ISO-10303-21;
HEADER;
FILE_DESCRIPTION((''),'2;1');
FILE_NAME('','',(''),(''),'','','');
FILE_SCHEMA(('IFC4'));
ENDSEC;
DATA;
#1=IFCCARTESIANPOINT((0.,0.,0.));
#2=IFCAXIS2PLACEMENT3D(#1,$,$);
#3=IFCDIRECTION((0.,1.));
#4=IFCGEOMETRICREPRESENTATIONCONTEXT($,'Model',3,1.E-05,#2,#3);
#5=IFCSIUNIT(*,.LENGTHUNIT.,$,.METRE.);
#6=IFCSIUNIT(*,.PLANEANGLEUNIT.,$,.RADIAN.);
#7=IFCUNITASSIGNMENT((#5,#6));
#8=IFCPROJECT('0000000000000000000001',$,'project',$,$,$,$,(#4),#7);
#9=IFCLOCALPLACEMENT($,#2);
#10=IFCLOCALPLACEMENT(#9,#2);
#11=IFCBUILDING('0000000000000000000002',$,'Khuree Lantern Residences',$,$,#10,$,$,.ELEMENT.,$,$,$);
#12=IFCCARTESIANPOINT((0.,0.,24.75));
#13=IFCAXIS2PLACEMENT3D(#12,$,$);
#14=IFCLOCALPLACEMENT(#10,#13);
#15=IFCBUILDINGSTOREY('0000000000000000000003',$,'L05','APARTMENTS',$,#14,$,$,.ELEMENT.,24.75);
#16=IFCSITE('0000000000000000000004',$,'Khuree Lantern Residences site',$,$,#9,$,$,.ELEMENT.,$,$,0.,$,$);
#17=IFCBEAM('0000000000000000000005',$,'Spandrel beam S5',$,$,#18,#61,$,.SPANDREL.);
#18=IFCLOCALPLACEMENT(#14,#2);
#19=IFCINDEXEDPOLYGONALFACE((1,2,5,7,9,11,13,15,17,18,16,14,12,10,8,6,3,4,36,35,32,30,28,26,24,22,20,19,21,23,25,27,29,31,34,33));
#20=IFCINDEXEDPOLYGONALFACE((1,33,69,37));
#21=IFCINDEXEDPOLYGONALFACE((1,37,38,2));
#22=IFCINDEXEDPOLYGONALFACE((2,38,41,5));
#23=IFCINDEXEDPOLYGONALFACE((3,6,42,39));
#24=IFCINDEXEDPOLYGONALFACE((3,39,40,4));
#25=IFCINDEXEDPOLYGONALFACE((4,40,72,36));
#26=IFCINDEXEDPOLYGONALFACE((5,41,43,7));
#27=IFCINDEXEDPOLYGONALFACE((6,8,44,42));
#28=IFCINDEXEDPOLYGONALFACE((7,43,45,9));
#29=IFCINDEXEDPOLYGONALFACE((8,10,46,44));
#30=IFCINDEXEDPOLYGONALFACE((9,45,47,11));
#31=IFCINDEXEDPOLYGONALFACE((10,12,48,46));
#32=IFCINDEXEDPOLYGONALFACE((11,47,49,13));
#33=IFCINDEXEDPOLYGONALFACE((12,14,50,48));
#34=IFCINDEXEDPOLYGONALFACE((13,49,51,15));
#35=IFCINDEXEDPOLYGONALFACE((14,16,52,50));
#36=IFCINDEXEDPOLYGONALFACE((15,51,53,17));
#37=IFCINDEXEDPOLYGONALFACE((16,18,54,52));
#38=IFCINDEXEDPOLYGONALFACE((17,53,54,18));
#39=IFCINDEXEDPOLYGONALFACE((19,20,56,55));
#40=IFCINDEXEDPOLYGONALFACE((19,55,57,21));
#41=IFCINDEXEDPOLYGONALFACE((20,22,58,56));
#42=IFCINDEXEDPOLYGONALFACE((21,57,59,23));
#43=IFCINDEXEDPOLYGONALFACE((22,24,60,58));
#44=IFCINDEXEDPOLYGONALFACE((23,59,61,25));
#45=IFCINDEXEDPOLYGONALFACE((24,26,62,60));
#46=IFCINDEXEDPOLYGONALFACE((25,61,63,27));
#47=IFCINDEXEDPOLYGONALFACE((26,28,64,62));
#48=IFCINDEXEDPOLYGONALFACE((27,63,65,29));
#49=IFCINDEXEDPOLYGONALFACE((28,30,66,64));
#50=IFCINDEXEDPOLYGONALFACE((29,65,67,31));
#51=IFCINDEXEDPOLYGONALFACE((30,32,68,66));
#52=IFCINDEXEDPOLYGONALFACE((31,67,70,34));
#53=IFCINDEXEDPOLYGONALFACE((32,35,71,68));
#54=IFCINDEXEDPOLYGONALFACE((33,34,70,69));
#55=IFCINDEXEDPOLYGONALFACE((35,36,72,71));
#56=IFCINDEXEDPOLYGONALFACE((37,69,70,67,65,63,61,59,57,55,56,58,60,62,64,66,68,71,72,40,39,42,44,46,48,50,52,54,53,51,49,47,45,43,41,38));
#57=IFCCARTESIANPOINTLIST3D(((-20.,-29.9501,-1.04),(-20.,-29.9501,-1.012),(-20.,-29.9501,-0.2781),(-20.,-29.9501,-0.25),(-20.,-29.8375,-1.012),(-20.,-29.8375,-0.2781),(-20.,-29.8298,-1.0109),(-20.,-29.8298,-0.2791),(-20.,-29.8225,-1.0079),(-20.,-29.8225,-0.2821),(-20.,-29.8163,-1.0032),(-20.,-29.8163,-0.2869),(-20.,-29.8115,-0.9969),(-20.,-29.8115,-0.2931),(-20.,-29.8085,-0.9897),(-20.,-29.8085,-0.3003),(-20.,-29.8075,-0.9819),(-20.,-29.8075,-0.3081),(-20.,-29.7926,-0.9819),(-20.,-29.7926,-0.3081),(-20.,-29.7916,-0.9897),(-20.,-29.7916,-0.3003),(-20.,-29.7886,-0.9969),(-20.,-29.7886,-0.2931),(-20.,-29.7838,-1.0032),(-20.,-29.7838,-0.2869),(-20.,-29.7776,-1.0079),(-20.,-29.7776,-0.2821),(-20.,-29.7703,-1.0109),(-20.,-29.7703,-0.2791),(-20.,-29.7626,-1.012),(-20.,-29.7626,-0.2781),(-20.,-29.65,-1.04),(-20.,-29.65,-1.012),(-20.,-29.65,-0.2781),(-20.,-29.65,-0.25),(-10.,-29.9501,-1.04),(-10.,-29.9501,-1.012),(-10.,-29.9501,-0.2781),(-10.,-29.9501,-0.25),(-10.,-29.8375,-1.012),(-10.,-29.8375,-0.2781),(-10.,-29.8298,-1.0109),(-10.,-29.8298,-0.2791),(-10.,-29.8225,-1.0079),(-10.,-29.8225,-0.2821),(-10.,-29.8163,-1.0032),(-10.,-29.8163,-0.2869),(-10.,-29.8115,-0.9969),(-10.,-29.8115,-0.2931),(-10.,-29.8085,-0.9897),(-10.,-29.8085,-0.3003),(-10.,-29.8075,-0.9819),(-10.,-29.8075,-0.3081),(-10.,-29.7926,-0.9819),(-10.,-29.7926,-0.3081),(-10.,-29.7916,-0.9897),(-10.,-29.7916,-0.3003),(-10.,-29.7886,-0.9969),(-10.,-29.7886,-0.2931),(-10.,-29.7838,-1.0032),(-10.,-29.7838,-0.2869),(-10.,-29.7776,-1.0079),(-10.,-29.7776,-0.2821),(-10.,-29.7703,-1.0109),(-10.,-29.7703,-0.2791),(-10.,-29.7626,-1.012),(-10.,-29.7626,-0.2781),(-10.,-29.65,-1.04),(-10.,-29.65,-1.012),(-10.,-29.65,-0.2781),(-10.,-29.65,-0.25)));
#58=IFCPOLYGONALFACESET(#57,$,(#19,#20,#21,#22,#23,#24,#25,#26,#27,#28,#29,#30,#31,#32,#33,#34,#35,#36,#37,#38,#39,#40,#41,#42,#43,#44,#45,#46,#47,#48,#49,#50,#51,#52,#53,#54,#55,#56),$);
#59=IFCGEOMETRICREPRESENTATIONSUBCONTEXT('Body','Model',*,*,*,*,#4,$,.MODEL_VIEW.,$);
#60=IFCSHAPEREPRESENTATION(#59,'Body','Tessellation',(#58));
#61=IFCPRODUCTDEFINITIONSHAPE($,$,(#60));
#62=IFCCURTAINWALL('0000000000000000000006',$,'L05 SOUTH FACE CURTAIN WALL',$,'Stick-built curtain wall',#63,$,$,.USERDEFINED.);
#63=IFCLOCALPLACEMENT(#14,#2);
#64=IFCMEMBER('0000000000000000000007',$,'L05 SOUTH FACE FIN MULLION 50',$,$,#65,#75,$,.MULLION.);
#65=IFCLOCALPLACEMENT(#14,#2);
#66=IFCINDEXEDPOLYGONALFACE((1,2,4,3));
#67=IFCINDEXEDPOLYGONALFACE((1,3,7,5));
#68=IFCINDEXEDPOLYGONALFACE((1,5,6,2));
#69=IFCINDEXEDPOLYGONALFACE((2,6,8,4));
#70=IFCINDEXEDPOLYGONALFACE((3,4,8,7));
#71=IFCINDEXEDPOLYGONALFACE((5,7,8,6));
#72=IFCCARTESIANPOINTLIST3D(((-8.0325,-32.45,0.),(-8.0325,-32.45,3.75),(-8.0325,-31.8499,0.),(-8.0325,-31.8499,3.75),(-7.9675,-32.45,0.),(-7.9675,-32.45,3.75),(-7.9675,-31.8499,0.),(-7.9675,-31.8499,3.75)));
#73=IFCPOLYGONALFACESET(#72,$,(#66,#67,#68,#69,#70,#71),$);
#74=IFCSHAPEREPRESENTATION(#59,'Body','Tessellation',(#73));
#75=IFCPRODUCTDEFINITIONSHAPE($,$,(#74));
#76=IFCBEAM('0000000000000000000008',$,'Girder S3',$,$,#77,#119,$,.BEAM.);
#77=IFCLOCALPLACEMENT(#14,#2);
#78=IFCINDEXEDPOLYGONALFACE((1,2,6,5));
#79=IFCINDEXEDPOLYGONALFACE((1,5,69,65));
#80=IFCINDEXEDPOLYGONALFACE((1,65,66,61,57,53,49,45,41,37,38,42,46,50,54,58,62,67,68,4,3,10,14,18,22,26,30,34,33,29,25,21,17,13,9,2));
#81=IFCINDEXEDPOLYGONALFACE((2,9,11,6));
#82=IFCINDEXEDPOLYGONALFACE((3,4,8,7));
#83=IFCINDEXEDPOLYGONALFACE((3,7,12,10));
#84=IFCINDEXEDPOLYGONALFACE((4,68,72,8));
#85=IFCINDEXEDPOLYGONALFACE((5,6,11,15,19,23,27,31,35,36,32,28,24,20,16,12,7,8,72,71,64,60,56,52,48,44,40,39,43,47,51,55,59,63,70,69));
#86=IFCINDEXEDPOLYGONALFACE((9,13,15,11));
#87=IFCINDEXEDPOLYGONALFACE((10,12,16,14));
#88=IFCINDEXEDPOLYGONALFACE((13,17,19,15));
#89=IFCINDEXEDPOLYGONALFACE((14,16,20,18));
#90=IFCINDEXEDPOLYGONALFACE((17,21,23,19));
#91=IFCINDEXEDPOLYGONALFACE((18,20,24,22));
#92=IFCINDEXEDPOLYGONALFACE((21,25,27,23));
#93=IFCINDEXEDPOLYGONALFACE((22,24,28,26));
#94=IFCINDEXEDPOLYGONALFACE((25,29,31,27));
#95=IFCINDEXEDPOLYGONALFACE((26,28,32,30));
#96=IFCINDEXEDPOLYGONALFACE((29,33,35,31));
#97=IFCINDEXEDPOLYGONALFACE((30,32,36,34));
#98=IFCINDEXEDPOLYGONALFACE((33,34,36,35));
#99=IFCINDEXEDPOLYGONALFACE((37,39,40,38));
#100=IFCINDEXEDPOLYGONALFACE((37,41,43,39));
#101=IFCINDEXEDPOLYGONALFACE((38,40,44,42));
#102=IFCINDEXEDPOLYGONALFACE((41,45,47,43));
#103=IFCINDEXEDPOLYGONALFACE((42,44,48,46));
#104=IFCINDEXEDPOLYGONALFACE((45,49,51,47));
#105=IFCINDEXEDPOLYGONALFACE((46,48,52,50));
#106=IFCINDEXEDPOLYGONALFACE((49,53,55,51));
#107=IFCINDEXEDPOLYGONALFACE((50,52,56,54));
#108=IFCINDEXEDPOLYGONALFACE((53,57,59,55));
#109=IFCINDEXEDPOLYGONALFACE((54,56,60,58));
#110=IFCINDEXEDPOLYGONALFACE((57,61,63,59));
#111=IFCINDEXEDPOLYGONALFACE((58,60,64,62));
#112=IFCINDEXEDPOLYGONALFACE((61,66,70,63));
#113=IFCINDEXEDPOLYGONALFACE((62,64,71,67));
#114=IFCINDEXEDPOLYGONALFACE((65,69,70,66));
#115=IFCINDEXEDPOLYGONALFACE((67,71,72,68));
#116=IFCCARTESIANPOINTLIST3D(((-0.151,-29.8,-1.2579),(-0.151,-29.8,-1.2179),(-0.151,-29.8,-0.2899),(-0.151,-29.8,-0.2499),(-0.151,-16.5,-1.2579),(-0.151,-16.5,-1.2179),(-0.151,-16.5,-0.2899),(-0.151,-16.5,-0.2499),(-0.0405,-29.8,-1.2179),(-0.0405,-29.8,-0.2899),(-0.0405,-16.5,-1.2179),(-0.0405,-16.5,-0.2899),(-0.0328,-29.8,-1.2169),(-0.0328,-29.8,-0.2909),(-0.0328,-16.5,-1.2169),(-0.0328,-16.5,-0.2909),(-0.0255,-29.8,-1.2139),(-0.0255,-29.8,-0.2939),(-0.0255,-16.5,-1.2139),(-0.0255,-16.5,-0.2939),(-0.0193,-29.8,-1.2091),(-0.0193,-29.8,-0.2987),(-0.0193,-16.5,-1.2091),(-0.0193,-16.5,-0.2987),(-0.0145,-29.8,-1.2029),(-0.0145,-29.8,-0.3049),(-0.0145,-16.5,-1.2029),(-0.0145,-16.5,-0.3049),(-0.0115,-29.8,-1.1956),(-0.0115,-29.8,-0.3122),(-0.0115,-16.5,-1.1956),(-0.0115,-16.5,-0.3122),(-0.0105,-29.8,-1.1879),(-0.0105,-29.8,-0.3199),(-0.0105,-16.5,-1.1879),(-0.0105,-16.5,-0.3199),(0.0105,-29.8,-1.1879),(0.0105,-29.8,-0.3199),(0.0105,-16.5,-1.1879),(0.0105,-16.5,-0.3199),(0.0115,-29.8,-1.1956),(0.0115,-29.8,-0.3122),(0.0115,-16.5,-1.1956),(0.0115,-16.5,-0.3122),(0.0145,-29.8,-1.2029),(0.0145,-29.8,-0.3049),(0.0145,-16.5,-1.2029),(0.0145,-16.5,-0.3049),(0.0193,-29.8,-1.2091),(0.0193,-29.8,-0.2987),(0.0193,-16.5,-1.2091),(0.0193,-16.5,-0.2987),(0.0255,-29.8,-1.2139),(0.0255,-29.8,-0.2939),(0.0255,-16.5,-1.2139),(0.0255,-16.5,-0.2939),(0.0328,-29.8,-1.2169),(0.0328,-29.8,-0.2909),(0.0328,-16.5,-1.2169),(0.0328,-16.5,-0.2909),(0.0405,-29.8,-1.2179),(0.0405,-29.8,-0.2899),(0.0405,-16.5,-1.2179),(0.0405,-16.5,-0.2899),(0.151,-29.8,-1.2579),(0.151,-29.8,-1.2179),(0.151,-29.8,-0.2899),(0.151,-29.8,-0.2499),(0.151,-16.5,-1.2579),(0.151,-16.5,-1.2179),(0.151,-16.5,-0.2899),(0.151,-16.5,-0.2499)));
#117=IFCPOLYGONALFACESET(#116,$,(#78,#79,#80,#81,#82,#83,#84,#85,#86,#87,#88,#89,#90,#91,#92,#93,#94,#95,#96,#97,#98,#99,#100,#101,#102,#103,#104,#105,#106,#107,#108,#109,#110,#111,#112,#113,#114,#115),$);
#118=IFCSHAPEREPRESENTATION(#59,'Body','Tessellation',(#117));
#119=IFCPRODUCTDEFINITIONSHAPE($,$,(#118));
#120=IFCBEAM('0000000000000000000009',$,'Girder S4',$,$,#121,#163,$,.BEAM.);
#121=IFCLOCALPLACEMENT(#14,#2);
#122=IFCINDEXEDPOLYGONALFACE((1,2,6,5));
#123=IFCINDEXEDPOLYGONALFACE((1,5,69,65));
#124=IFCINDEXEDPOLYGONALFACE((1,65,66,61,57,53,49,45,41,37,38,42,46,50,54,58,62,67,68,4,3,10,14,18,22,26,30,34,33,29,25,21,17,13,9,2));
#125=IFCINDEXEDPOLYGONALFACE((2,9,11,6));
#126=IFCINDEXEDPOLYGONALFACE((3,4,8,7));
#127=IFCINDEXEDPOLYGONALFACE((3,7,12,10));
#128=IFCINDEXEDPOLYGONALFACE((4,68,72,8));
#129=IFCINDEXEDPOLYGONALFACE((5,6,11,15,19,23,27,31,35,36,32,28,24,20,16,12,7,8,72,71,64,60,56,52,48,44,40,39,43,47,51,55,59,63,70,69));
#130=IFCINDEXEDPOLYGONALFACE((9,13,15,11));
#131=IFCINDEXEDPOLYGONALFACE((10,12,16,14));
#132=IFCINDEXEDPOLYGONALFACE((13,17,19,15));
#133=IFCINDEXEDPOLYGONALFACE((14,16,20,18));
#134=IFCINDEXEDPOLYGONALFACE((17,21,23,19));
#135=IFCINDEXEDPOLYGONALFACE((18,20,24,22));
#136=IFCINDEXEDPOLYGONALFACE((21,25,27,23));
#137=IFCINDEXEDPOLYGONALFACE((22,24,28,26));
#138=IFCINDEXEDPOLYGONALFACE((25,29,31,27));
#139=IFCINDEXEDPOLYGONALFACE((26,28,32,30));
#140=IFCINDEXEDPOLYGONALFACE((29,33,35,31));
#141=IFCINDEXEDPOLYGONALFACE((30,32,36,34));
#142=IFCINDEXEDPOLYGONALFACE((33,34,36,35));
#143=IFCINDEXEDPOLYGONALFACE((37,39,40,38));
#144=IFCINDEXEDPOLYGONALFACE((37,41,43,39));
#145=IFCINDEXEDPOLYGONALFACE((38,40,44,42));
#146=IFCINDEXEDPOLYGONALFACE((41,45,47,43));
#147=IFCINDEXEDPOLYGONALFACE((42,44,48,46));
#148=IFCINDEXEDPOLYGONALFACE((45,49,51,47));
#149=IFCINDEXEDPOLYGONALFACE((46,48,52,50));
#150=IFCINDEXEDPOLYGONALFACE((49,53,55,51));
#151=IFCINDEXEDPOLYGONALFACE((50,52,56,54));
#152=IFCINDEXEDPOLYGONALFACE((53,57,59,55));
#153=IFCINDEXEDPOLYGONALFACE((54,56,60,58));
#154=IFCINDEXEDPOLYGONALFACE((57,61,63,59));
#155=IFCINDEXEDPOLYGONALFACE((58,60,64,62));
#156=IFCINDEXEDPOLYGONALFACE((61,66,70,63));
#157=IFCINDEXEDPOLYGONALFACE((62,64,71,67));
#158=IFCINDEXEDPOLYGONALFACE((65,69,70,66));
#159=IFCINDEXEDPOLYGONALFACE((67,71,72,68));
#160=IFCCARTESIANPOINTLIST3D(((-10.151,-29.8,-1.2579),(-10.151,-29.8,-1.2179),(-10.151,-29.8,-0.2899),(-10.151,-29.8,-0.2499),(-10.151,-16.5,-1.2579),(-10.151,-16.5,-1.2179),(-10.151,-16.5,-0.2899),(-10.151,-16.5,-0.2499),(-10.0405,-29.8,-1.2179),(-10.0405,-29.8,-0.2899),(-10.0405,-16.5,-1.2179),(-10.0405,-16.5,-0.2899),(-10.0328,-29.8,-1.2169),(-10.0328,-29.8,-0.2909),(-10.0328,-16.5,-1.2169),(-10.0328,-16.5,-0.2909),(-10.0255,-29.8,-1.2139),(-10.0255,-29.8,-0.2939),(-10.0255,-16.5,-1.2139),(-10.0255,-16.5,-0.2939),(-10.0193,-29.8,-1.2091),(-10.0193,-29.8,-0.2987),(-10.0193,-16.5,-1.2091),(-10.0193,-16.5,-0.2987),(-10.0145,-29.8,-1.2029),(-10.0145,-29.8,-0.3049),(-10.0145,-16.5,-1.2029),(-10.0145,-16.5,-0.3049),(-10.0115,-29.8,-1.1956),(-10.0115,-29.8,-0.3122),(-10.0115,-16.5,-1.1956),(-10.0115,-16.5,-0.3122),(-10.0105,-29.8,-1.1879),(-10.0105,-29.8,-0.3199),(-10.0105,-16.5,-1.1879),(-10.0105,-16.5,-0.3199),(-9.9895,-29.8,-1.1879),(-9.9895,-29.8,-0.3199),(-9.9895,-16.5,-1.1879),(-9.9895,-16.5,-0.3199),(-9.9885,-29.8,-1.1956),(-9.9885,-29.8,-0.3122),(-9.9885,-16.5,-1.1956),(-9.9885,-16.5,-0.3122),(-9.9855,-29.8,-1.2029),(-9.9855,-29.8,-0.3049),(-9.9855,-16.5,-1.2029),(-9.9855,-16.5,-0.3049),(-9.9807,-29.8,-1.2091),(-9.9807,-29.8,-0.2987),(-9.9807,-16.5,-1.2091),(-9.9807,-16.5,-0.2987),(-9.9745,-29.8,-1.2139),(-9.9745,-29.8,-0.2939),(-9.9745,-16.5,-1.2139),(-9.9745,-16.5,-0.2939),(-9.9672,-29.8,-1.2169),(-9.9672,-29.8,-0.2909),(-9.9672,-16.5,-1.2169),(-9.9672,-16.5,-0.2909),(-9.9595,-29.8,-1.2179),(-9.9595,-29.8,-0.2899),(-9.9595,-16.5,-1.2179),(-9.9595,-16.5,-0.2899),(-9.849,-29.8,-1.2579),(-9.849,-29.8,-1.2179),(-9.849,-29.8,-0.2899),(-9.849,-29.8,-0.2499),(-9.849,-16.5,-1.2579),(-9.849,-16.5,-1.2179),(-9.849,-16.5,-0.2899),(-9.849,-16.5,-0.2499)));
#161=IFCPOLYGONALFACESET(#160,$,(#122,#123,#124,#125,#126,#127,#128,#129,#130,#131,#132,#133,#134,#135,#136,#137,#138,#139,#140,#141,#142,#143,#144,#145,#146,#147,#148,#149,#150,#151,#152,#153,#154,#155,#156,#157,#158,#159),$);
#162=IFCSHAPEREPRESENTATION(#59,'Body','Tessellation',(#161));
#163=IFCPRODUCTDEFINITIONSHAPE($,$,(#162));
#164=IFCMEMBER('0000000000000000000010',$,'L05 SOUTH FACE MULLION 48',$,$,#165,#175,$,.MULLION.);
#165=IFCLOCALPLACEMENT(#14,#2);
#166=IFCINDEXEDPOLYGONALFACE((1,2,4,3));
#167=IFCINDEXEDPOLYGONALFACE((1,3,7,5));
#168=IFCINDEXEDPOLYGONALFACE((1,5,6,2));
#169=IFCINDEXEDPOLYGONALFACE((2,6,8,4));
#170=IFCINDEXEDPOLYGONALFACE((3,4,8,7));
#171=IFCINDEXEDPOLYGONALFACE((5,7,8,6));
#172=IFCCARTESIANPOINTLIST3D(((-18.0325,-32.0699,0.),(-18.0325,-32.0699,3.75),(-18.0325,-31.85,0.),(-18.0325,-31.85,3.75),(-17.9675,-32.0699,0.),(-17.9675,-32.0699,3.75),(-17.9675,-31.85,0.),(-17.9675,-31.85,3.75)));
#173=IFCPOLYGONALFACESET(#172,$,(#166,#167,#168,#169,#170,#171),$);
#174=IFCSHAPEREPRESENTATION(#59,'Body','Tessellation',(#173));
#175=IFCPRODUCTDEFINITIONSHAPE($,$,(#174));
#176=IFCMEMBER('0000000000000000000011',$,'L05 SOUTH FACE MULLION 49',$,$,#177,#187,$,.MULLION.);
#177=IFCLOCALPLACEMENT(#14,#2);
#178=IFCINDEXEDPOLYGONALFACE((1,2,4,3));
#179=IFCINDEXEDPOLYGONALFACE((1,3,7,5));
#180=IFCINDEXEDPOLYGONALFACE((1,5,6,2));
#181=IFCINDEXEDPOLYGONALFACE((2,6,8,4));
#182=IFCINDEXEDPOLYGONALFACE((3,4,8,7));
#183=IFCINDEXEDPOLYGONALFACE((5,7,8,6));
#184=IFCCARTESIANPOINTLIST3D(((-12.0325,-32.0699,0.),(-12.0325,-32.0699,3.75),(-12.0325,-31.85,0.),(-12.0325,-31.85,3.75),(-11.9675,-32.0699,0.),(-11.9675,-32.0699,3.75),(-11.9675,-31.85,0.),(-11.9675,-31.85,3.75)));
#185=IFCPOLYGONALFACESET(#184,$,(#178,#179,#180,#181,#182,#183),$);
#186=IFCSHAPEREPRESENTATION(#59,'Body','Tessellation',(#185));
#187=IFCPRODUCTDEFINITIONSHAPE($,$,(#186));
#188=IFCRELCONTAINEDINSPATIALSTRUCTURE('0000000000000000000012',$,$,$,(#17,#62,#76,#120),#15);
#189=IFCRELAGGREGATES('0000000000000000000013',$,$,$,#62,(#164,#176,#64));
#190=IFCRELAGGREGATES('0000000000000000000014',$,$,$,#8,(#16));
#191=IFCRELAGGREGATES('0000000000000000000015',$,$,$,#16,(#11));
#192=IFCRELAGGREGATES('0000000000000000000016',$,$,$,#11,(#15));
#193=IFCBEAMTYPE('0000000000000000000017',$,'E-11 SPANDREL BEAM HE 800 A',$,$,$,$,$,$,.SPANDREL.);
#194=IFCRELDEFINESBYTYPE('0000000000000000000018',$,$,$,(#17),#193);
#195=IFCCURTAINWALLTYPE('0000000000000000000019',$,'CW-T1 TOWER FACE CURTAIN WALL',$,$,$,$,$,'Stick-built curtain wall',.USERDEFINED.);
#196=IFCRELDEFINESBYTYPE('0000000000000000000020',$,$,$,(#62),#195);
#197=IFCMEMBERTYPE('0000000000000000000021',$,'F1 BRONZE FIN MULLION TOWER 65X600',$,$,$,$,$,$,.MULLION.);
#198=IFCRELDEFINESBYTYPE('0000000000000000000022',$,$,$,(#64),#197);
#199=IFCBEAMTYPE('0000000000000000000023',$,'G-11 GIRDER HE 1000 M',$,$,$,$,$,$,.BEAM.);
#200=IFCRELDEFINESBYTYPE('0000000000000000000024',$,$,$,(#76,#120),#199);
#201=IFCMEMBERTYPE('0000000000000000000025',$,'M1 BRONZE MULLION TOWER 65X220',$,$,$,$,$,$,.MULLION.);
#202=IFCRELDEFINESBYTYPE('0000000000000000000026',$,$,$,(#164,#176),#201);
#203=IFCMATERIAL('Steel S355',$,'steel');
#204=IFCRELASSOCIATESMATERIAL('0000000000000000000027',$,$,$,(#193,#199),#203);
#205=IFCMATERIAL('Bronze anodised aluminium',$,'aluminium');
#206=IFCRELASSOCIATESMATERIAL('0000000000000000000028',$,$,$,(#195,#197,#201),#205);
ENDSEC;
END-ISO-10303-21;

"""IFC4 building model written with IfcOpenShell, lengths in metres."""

from ifc_helpers import new_model, si_unit, direction, frame, origin, origin_2d, place, context, subcontext, project, spatial, rectangle, i_section, extrude, material, material_profile, profile_set, type_object, element, aggregate, save


model = new_model("IFC4")

# Units and contexts
model_context = context("Model", 3, precision=1e-05, world=origin(), true_north=direction((0.0, 1.0)))
body_context = subcontext(model_context, "Body", "Model", "MODEL_VIEW")
ifc_project = project(units=[si_unit("LENGTHUNIT", "METRE"), si_unit("PLANEANGLEUNIT", "RADIAN")], contexts=[model_context])

# Site, building, storey
site_placement = place(None, origin())
site = spatial("IfcSite", under=ifc_project, at=site_placement, Name="Khuree Lantern Residences site", CompositionType="ELEMENT", RefElevation=0.0)
building_placement = place(site_placement, origin())
building = spatial("IfcBuilding", under=site, at=building_placement, Name="Khuree Lantern Residences", CompositionType="ELEMENT")
storey_placement = place(building_placement, frame((0.0, 0.0, 24.75)))
storey = spatial("IfcBuildingStorey", under=building, at=storey_placement, Name="L05", Description="APARTMENTS", CompositionType="ELEMENT", Elevation=24.75)

# Beam
ifc_material_1 = material(Name="Steel S355", Category="steel")
ifc_material_profile_1 = material_profile(ifc_material_1, i_section(OverallWidth=0.3, OverallDepth=0.79, WebThickness=0.0149, FlangeThickness=0.0281, FilletRadius=0.03, at=origin_2d()), Name="HE 800 A")
ifc_profile_set_1 = profile_set([ifc_material_profile_1], Name="Steel S355")
beam_type_1 = type_object("IfcBeamType", Name="E-11 SPANDREL BEAM HE 800 A", PredefinedType="SPANDREL", material=ifc_profile_set_1)
for number, where, z_axis, x_axis, name in (
    (1, (-10.0, -29.8, -0.645), (-1.0, 0.0, 0.0), (0.0, -1.0, 0.0), "Spandrel beam S5"),
):
    element("IfcBeam", number, at=place(storey_placement, frame(where, z_axis=z_axis, x_axis=x_axis)), inside=storey, type_object=beam_type_1, Name=name, PredefinedType="SPANDREL", context=body_context, shape_type="SweptSolid", body=[
        extrude(i_section(OverallWidth=0.3, OverallDepth=0.79, WebThickness=0.0149, FlangeThickness=0.0281, FilletRadius=0.03, at=origin_2d()), origin(), (0.0, 0.0, 1.0), 10.0),
    ])

# Curtain wall, member
ifc_material_2 = material(Name="Bronze anodised aluminium", Category="aluminium")
curtain_wall_type = type_object("IfcCurtainWallType", Name="CW-T1 TOWER FACE CURTAIN WALL", ElementType="Stick-built curtain wall", PredefinedType="USERDEFINED", material=ifc_material_2)
curtain_wall_placement = place(storey_placement, origin())
curtain_wall = element("IfcCurtainWall", 2, at=curtain_wall_placement, inside=storey, type_object=curtain_wall_type, Name="L05 SOUTH FACE CURTAIN WALL", ObjectType="Stick-built curtain wall", PredefinedType="USERDEFINED")
ifc_material_profile_2 = material_profile(ifc_material_2, rectangle(XDim=0.0649, YDim=0.6001, at=origin_2d()), Name="F1 65X600")
ifc_profile_set_2 = profile_set([ifc_material_profile_2], Name="Bronze anodised aluminium")
member_type_1 = type_object("IfcMemberType", Name="F1 BRONZE FIN MULLION TOWER 65X600", PredefinedType="MULLION", material=ifc_profile_set_2)
member_1_placement = place(storey_placement, frame((-8.0, -32.1499, 0.0), z_axis=(0.0, 0.0, 1.0), x_axis=(1.0, 0.0, 0.0)))
member_1 = element("IfcMember", 3, at=member_1_placement, type_object=member_type_1, Name="L05 SOUTH FACE FIN MULLION 50", PredefinedType="MULLION", context=body_context, shape_type="SweptSolid", body=[
    extrude(rectangle(XDim=0.0649, YDim=0.6001, at=origin_2d()), origin(), (0.0, 0.0, 1.0), 3.75),
])

# Beams
ifc_material_profile_3 = material_profile(ifc_material_1, i_section(OverallWidth=0.302, OverallDepth=1.0081, WebThickness=0.021, FlangeThickness=0.04, FilletRadius=0.03, at=origin_2d()), Name="HE 1000 M")
ifc_profile_set_3 = profile_set([ifc_material_profile_3], Name="Steel S355")
beam_type_2 = type_object("IfcBeamType", Name="G-11 GIRDER HE 1000 M", PredefinedType="BEAM", material=ifc_profile_set_3)
for number, where, z_axis, x_axis, name in (
    (4, (0.0, -29.8, -0.7539), (0.0, 1.0, 0.0), (-1.0, 0.0, 0.0), "Girder S3"),
    (5, (-10.0, -29.8, -0.7539), (0.0, 1.0, 0.0), (-1.0, 0.0, 0.0), "Girder S4"),
):
    element("IfcBeam", number, at=place(storey_placement, frame(where, z_axis=z_axis, x_axis=x_axis)), inside=storey, type_object=beam_type_2, Name=name, PredefinedType="BEAM", context=body_context, shape_type="SweptSolid", body=[
        extrude(i_section(OverallWidth=0.302, OverallDepth=1.0081, WebThickness=0.021, FlangeThickness=0.04, FilletRadius=0.03, at=origin_2d()), origin(), (0.0, 0.0, 1.0), 13.3),
    ])

# Members
ifc_material_profile_4 = material_profile(ifc_material_2, rectangle(XDim=0.0649, YDim=0.22, at=origin_2d()), Name="M1 65X220")
ifc_profile_set_4 = profile_set([ifc_material_profile_4], Name="Bronze anodised aluminium")
member_type_2 = type_object("IfcMemberType", Name="M1 BRONZE MULLION TOWER 65X220", PredefinedType="MULLION", material=ifc_profile_set_4)
member_2_placement = place(storey_placement, frame((-18.0, -31.96, 0.0), z_axis=(0.0, 0.0, 1.0), x_axis=(1.0, 0.0, 0.0)))
member_2 = element("IfcMember", 6, at=member_2_placement, type_object=member_type_2, Name="L05 SOUTH FACE MULLION 48", PredefinedType="MULLION", context=body_context, shape_type="SweptSolid", body=[
    extrude(rectangle(XDim=0.0649, YDim=0.22, at=origin_2d()), origin(), (0.0, 0.0, 1.0), 3.75),
])
member_3_placement = place(storey_placement, frame((-12.0, -31.96, 0.0), z_axis=(0.0, 0.0, 1.0), x_axis=(1.0, 0.0, 0.0)))
member_3 = element("IfcMember", 7, at=member_3_placement, type_object=member_type_2, Name="L05 SOUTH FACE MULLION 49", PredefinedType="MULLION", context=body_context, shape_type="SweptSolid", body=[
    extrude(rectangle(XDim=0.0649, YDim=0.22, at=origin_2d()), origin(), (0.0, 0.0, 1.0), 3.75),
])

aggregate(curtain_wall, [member_2, member_3, member_1])

save(model, "model.ifc")
